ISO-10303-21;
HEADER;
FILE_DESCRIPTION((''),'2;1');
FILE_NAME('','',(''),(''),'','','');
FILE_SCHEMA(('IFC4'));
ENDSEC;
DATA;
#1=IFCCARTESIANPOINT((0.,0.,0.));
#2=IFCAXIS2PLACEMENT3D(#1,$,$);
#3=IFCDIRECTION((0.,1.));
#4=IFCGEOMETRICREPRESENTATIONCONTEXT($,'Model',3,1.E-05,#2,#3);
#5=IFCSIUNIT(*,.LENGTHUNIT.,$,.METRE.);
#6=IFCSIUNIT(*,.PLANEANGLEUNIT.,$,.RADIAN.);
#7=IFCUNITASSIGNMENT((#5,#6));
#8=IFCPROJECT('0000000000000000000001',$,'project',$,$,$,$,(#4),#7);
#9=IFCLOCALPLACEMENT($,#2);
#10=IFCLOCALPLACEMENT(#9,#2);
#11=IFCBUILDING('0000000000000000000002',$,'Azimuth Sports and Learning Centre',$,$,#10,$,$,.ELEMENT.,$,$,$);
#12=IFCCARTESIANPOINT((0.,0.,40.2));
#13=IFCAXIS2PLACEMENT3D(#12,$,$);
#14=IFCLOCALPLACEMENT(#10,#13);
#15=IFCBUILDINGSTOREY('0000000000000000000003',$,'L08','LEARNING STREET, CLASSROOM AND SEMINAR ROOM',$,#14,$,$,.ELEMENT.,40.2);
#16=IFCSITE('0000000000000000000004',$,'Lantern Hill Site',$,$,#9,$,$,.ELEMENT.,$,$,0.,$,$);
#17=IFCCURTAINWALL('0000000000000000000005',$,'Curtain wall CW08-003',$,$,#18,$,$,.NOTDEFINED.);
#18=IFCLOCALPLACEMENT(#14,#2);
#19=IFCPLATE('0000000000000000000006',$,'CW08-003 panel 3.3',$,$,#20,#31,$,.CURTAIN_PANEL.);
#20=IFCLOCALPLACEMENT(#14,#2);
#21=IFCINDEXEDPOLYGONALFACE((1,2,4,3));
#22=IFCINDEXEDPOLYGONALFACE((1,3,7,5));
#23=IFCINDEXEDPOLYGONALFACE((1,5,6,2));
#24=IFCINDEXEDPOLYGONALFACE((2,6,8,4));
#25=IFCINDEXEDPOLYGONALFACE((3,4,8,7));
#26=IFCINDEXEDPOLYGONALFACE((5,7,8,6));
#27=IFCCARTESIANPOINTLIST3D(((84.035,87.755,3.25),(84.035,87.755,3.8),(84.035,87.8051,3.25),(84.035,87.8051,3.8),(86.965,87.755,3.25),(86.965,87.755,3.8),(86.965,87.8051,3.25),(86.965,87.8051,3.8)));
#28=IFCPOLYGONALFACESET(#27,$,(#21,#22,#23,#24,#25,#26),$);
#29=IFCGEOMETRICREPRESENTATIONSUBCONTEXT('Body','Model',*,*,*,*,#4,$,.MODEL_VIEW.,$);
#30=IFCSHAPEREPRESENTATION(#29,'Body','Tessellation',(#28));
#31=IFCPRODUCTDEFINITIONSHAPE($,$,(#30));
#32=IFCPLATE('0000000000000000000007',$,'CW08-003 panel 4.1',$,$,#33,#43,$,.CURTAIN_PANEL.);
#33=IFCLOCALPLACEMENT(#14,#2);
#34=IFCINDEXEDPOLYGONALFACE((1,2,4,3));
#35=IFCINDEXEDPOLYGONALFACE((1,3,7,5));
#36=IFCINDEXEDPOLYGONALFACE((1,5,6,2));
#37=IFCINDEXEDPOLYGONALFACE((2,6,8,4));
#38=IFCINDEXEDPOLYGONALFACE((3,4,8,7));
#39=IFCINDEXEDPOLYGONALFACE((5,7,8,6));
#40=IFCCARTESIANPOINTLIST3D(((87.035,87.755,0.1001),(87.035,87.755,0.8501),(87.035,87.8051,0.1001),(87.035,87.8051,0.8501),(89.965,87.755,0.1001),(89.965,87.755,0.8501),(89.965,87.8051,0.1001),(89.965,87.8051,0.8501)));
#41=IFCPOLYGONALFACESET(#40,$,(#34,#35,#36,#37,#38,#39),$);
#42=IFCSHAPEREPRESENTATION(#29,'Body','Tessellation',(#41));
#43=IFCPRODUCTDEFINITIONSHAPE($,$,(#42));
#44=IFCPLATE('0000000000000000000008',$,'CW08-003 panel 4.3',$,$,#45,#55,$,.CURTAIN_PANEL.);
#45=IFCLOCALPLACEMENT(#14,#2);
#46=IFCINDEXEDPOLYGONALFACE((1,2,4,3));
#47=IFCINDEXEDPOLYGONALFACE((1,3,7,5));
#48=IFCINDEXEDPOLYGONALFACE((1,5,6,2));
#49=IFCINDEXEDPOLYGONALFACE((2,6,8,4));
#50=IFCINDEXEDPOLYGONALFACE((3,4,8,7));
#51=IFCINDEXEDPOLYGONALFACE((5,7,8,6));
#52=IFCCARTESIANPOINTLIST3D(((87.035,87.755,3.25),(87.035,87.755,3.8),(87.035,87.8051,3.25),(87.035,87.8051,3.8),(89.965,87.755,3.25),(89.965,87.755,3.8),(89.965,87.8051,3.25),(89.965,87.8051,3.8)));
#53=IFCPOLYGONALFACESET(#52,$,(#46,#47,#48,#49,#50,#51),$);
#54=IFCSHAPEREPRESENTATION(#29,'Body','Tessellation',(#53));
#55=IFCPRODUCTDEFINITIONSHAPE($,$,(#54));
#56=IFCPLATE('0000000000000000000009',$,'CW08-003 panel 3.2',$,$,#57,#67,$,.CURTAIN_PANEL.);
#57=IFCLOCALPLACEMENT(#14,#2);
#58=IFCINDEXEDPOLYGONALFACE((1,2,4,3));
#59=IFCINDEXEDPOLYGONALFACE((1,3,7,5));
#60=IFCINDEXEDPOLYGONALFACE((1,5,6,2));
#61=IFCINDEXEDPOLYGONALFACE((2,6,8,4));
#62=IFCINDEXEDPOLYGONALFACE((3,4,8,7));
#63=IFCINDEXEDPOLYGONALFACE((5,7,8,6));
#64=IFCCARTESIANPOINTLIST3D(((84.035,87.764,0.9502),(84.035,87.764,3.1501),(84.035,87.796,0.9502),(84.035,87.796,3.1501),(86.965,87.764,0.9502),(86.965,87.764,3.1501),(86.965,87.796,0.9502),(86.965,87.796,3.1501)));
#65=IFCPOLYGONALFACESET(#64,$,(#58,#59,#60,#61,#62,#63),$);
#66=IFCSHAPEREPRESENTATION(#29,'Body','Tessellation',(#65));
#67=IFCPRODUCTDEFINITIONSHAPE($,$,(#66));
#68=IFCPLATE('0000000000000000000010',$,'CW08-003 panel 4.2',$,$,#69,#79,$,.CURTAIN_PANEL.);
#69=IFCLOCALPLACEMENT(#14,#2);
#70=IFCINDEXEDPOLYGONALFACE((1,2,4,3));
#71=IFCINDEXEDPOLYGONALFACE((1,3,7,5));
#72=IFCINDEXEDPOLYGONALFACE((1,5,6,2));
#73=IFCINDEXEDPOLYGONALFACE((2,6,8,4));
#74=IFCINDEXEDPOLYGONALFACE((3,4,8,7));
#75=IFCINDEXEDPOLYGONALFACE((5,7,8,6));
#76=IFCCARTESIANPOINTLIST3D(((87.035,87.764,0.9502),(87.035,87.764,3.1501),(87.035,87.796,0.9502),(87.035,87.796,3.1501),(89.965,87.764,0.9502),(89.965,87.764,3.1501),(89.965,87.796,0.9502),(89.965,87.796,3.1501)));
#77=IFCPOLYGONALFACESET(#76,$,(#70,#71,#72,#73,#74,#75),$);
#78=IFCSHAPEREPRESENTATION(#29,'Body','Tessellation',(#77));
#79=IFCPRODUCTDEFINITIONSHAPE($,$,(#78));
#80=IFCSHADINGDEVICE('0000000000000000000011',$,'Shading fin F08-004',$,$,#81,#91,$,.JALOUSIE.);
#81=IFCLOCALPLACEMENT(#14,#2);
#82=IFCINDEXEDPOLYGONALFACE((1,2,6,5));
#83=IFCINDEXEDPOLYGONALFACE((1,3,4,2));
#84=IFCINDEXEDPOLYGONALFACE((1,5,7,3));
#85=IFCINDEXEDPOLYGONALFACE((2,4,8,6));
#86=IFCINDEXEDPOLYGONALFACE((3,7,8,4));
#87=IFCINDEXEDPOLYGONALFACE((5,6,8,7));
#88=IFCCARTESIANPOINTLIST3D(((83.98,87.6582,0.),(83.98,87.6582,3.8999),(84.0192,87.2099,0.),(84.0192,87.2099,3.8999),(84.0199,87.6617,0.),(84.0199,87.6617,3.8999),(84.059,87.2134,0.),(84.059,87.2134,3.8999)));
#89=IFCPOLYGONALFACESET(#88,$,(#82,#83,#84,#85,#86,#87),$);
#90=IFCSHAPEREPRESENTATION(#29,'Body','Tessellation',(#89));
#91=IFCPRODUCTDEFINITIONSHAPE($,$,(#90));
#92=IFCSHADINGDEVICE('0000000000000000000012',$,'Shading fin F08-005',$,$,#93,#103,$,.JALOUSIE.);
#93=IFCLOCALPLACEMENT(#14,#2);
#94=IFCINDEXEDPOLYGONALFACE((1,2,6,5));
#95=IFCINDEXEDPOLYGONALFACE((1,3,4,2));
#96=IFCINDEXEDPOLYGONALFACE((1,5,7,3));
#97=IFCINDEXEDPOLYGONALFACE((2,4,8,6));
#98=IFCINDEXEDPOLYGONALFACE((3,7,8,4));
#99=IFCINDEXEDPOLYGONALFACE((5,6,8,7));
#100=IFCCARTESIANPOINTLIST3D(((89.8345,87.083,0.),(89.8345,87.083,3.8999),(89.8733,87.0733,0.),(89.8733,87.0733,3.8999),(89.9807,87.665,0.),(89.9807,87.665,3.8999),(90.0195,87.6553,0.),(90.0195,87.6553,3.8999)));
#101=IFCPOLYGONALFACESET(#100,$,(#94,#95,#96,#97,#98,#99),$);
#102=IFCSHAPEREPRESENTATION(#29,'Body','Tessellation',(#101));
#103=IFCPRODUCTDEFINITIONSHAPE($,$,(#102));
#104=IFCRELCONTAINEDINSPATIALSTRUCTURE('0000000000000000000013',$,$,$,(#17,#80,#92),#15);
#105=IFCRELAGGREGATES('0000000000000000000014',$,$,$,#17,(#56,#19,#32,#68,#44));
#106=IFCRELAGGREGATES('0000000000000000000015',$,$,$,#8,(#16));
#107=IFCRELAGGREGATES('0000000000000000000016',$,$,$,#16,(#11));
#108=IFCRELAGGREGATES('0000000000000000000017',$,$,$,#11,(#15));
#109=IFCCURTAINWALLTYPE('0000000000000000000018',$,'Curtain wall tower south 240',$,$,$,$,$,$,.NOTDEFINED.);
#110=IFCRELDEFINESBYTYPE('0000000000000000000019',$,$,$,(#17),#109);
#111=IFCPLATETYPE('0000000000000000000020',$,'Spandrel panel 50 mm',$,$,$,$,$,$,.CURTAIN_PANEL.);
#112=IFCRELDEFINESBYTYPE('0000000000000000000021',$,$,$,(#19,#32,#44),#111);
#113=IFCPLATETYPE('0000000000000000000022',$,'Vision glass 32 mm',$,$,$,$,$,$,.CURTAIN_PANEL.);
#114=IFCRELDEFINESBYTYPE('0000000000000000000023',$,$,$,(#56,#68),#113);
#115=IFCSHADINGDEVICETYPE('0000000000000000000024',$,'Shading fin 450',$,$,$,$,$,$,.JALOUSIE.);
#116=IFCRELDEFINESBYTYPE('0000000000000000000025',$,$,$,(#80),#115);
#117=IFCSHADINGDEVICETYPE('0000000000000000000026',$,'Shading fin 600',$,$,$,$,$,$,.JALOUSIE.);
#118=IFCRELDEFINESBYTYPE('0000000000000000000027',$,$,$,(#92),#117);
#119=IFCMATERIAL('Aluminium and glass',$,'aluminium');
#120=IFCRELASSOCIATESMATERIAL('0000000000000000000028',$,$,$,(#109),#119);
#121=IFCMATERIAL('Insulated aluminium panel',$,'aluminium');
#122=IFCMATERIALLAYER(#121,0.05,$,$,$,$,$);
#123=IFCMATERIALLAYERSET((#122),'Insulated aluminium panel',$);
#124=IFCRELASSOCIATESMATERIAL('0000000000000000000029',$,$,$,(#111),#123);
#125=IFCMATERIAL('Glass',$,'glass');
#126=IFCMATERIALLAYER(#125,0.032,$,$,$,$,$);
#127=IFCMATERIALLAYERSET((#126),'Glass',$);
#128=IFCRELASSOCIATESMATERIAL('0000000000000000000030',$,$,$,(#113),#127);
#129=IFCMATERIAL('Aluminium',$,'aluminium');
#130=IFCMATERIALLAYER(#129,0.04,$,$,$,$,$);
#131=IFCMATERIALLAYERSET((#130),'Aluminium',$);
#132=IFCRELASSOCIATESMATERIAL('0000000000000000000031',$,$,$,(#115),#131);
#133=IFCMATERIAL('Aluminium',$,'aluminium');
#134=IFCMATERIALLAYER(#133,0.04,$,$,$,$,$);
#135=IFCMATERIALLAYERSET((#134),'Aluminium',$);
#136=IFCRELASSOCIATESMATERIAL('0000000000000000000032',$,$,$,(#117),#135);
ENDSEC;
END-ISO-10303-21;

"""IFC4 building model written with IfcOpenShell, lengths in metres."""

from ifc_helpers import new_model, si_unit, direction, frame, origin, origin_2d, place, context, subcontext, project, spatial, rectangle, extrude, material, layer, layer_set, type_object, element, aggregate, save


model = new_model("IFC4")

# Units and contexts
model_context = context("Model", 3, precision=1e-05, world=origin(), true_north=direction((0.0, 1.0)))
body_context = subcontext(model_context, "Body", "Model", "MODEL_VIEW")
ifc_project = project(units=[si_unit("LENGTHUNIT", "METRE"), si_unit("PLANEANGLEUNIT", "RADIAN")], contexts=[model_context])

# Site, building, storey
site_placement = place(None, origin())
site = spatial("IfcSite", under=ifc_project, at=site_placement, Name="Lantern Hill Site", CompositionType="ELEMENT", RefElevation=0.0)
building_placement = place(site_placement, origin())
building = spatial("IfcBuilding", under=site, at=building_placement, Name="Azimuth Sports and Learning Centre", CompositionType="ELEMENT")
storey_placement = place(building_placement, frame((0.0, 0.0, 40.2)))
storey = spatial("IfcBuildingStorey", under=building, at=storey_placement, Name="L08", Description="LEARNING STREET, CLASSROOM AND SEMINAR ROOM", CompositionType="ELEMENT", Elevation=40.2)

# Curtain wall, plates
ifc_material_1 = material(Name="Aluminium and glass", Category="aluminium")
curtain_wall_type = type_object("IfcCurtainWallType", Name="Curtain wall tower south 240", PredefinedType="NOTDEFINED", material=ifc_material_1)
curtain_wall_placement = place(storey_placement, origin())
curtain_wall = element("IfcCurtainWall", 1, at=curtain_wall_placement, inside=storey, type_object=curtain_wall_type, Name="Curtain wall CW08-003", PredefinedType="NOTDEFINED")
ifc_material_2 = material(Name="Insulated aluminium panel", Category="aluminium")
ifc_layer_1 = layer(ifc_material_2, 0.05)
ifc_layer_set_1 = layer_set([ifc_layer_1], Name="Insulated aluminium panel")
plate_type_1 = type_object("IfcPlateType", Name="Spandrel panel 50 mm", PredefinedType="CURTAIN_PANEL", material=ifc_layer_set_1)
plate_1_placement = place(storey_placement, frame((85.5, 87.78, 3.25), z_axis=(0.0, 0.0, 1.0), x_axis=(1.0, 0.0, 0.0)))
plate_1 = element("IfcPlate", 2, at=plate_1_placement, type_object=plate_type_1, Name="CW08-003 panel 3.3", PredefinedType="CURTAIN_PANEL", context=body_context, shape_type="SweptSolid", body=[
    extrude(rectangle(XDim=2.9299, YDim=0.05, at=origin_2d()), origin(), (0.0, 0.0, 1.0), 0.55),
])
plate_2_placement = place(storey_placement, frame((88.5, 87.78, 0.1001), z_axis=(0.0, 0.0, 1.0), x_axis=(1.0, 0.0, 0.0)))
plate_2 = element("IfcPlate", 3, at=plate_2_placement, type_object=plate_type_1, Name="CW08-003 panel 4.1", PredefinedType="CURTAIN_PANEL", context=body_context, shape_type="SweptSolid", body=[
    extrude(rectangle(XDim=2.9299, YDim=0.05, at=origin_2d()), origin(), (0.0, 0.0, 1.0), 0.75),
])
plate_3_placement = place(storey_placement, frame((88.5, 87.78, 3.25), z_axis=(0.0, 0.0, 1.0), x_axis=(1.0, 0.0, 0.0)))
plate_3 = element("IfcPlate", 4, at=plate_3_placement, type_object=plate_type_1, Name="CW08-003 panel 4.3", PredefinedType="CURTAIN_PANEL", context=body_context, shape_type="SweptSolid", body=[
    extrude(rectangle(XDim=2.9299, YDim=0.05, at=origin_2d()), origin(), (0.0, 0.0, 1.0), 0.55),
])
ifc_material_3 = material(Name="Glass", Category="glass")
ifc_layer_2 = layer(ifc_material_3, 0.032)
ifc_layer_set_2 = layer_set([ifc_layer_2], Name="Glass")
plate_type_2 = type_object("IfcPlateType", Name="Vision glass 32 mm", PredefinedType="CURTAIN_PANEL", material=ifc_layer_set_2)
plate_4_placement = place(storey_placement, frame((85.5, 87.78, 0.9502), z_axis=(0.0, 0.0, 1.0), x_axis=(1.0, 0.0, 0.0)))
plate_4 = element("IfcPlate", 5, at=plate_4_placement, type_object=plate_type_2, Name="CW08-003 panel 3.2", PredefinedType="CURTAIN_PANEL", context=body_context, shape_type="SweptSolid", body=[
    extrude(rectangle(XDim=2.9299, YDim=0.032, at=origin_2d()), origin(), (0.0, 0.0, 1.0), 2.2),
])
plate_5_placement = place(storey_placement, frame((88.5, 87.78, 0.9502), z_axis=(0.0, 0.0, 1.0), x_axis=(1.0, 0.0, 0.0)))
plate_5 = element("IfcPlate", 6, at=plate_5_placement, type_object=plate_type_2, Name="CW08-003 panel 4.2", PredefinedType="CURTAIN_PANEL", context=body_context, shape_type="SweptSolid", body=[
    extrude(rectangle(XDim=2.9299, YDim=0.032, at=origin_2d()), origin(), (0.0, 0.0, 1.0), 2.2),
])
aggregate(curtain_wall, [plate_4, plate_1, plate_2, plate_5, plate_3])

# Shading devices
ifc_material_4 = material(Name="Aluminium", Category="aluminium")
ifc_layer_3 = layer(ifc_material_4, 0.04)
ifc_layer_set_3 = layer_set([ifc_layer_3], Name="Aluminium")
shading_device_type_1 = type_object("IfcShadingDeviceType", Name="Shading fin 450", PredefinedType="JALOUSIE", material=ifc_layer_set_3)
shading_device_1_placement = place(storey_placement, frame((84.0195, 87.4358, 0.0), z_axis=(0.0, 0.0, 1.0), x_axis=(0.08698, -0.99621, 0.0)))
element("IfcShadingDevice", 7, at=shading_device_1_placement, inside=storey, type_object=shading_device_type_1, Name="Shading fin F08-004", PredefinedType="JALOUSIE", context=body_context, shape_type="SweptSolid", body=[
    extrude(rectangle(XDim=0.45, YDim=0.04, at=origin_2d()), origin(), (0.0, 0.0, 1.0), 3.8999),
])
ifc_material_5 = material(Name="Aluminium", Category="aluminium")
ifc_layer_4 = layer(ifc_material_5, 0.04)
ifc_layer_set_4 = layer_set([ifc_layer_4], Name="Aluminium")
shading_device_type_2 = type_object("IfcShadingDeviceType", Name="Shading fin 600", PredefinedType="JALOUSIE", material=ifc_layer_set_4)
shading_device_2_placement = place(storey_placement, frame((89.927, 87.3691, 0.0), z_axis=(0.0, 0.0, 1.0), x_axis=(-0.243731, -0.969843, 0.0)))
element("IfcShadingDevice", 8, at=shading_device_2_placement, inside=storey, type_object=shading_device_type_2, Name="Shading fin F08-005", PredefinedType="JALOUSIE", context=body_context, shape_type="SweptSolid", body=[
    extrude(rectangle(XDim=0.6001, YDim=0.04, at=origin_2d()), origin(), (0.0, 0.0, 1.0), 3.8999),
])

save(model, "model.ifc")
